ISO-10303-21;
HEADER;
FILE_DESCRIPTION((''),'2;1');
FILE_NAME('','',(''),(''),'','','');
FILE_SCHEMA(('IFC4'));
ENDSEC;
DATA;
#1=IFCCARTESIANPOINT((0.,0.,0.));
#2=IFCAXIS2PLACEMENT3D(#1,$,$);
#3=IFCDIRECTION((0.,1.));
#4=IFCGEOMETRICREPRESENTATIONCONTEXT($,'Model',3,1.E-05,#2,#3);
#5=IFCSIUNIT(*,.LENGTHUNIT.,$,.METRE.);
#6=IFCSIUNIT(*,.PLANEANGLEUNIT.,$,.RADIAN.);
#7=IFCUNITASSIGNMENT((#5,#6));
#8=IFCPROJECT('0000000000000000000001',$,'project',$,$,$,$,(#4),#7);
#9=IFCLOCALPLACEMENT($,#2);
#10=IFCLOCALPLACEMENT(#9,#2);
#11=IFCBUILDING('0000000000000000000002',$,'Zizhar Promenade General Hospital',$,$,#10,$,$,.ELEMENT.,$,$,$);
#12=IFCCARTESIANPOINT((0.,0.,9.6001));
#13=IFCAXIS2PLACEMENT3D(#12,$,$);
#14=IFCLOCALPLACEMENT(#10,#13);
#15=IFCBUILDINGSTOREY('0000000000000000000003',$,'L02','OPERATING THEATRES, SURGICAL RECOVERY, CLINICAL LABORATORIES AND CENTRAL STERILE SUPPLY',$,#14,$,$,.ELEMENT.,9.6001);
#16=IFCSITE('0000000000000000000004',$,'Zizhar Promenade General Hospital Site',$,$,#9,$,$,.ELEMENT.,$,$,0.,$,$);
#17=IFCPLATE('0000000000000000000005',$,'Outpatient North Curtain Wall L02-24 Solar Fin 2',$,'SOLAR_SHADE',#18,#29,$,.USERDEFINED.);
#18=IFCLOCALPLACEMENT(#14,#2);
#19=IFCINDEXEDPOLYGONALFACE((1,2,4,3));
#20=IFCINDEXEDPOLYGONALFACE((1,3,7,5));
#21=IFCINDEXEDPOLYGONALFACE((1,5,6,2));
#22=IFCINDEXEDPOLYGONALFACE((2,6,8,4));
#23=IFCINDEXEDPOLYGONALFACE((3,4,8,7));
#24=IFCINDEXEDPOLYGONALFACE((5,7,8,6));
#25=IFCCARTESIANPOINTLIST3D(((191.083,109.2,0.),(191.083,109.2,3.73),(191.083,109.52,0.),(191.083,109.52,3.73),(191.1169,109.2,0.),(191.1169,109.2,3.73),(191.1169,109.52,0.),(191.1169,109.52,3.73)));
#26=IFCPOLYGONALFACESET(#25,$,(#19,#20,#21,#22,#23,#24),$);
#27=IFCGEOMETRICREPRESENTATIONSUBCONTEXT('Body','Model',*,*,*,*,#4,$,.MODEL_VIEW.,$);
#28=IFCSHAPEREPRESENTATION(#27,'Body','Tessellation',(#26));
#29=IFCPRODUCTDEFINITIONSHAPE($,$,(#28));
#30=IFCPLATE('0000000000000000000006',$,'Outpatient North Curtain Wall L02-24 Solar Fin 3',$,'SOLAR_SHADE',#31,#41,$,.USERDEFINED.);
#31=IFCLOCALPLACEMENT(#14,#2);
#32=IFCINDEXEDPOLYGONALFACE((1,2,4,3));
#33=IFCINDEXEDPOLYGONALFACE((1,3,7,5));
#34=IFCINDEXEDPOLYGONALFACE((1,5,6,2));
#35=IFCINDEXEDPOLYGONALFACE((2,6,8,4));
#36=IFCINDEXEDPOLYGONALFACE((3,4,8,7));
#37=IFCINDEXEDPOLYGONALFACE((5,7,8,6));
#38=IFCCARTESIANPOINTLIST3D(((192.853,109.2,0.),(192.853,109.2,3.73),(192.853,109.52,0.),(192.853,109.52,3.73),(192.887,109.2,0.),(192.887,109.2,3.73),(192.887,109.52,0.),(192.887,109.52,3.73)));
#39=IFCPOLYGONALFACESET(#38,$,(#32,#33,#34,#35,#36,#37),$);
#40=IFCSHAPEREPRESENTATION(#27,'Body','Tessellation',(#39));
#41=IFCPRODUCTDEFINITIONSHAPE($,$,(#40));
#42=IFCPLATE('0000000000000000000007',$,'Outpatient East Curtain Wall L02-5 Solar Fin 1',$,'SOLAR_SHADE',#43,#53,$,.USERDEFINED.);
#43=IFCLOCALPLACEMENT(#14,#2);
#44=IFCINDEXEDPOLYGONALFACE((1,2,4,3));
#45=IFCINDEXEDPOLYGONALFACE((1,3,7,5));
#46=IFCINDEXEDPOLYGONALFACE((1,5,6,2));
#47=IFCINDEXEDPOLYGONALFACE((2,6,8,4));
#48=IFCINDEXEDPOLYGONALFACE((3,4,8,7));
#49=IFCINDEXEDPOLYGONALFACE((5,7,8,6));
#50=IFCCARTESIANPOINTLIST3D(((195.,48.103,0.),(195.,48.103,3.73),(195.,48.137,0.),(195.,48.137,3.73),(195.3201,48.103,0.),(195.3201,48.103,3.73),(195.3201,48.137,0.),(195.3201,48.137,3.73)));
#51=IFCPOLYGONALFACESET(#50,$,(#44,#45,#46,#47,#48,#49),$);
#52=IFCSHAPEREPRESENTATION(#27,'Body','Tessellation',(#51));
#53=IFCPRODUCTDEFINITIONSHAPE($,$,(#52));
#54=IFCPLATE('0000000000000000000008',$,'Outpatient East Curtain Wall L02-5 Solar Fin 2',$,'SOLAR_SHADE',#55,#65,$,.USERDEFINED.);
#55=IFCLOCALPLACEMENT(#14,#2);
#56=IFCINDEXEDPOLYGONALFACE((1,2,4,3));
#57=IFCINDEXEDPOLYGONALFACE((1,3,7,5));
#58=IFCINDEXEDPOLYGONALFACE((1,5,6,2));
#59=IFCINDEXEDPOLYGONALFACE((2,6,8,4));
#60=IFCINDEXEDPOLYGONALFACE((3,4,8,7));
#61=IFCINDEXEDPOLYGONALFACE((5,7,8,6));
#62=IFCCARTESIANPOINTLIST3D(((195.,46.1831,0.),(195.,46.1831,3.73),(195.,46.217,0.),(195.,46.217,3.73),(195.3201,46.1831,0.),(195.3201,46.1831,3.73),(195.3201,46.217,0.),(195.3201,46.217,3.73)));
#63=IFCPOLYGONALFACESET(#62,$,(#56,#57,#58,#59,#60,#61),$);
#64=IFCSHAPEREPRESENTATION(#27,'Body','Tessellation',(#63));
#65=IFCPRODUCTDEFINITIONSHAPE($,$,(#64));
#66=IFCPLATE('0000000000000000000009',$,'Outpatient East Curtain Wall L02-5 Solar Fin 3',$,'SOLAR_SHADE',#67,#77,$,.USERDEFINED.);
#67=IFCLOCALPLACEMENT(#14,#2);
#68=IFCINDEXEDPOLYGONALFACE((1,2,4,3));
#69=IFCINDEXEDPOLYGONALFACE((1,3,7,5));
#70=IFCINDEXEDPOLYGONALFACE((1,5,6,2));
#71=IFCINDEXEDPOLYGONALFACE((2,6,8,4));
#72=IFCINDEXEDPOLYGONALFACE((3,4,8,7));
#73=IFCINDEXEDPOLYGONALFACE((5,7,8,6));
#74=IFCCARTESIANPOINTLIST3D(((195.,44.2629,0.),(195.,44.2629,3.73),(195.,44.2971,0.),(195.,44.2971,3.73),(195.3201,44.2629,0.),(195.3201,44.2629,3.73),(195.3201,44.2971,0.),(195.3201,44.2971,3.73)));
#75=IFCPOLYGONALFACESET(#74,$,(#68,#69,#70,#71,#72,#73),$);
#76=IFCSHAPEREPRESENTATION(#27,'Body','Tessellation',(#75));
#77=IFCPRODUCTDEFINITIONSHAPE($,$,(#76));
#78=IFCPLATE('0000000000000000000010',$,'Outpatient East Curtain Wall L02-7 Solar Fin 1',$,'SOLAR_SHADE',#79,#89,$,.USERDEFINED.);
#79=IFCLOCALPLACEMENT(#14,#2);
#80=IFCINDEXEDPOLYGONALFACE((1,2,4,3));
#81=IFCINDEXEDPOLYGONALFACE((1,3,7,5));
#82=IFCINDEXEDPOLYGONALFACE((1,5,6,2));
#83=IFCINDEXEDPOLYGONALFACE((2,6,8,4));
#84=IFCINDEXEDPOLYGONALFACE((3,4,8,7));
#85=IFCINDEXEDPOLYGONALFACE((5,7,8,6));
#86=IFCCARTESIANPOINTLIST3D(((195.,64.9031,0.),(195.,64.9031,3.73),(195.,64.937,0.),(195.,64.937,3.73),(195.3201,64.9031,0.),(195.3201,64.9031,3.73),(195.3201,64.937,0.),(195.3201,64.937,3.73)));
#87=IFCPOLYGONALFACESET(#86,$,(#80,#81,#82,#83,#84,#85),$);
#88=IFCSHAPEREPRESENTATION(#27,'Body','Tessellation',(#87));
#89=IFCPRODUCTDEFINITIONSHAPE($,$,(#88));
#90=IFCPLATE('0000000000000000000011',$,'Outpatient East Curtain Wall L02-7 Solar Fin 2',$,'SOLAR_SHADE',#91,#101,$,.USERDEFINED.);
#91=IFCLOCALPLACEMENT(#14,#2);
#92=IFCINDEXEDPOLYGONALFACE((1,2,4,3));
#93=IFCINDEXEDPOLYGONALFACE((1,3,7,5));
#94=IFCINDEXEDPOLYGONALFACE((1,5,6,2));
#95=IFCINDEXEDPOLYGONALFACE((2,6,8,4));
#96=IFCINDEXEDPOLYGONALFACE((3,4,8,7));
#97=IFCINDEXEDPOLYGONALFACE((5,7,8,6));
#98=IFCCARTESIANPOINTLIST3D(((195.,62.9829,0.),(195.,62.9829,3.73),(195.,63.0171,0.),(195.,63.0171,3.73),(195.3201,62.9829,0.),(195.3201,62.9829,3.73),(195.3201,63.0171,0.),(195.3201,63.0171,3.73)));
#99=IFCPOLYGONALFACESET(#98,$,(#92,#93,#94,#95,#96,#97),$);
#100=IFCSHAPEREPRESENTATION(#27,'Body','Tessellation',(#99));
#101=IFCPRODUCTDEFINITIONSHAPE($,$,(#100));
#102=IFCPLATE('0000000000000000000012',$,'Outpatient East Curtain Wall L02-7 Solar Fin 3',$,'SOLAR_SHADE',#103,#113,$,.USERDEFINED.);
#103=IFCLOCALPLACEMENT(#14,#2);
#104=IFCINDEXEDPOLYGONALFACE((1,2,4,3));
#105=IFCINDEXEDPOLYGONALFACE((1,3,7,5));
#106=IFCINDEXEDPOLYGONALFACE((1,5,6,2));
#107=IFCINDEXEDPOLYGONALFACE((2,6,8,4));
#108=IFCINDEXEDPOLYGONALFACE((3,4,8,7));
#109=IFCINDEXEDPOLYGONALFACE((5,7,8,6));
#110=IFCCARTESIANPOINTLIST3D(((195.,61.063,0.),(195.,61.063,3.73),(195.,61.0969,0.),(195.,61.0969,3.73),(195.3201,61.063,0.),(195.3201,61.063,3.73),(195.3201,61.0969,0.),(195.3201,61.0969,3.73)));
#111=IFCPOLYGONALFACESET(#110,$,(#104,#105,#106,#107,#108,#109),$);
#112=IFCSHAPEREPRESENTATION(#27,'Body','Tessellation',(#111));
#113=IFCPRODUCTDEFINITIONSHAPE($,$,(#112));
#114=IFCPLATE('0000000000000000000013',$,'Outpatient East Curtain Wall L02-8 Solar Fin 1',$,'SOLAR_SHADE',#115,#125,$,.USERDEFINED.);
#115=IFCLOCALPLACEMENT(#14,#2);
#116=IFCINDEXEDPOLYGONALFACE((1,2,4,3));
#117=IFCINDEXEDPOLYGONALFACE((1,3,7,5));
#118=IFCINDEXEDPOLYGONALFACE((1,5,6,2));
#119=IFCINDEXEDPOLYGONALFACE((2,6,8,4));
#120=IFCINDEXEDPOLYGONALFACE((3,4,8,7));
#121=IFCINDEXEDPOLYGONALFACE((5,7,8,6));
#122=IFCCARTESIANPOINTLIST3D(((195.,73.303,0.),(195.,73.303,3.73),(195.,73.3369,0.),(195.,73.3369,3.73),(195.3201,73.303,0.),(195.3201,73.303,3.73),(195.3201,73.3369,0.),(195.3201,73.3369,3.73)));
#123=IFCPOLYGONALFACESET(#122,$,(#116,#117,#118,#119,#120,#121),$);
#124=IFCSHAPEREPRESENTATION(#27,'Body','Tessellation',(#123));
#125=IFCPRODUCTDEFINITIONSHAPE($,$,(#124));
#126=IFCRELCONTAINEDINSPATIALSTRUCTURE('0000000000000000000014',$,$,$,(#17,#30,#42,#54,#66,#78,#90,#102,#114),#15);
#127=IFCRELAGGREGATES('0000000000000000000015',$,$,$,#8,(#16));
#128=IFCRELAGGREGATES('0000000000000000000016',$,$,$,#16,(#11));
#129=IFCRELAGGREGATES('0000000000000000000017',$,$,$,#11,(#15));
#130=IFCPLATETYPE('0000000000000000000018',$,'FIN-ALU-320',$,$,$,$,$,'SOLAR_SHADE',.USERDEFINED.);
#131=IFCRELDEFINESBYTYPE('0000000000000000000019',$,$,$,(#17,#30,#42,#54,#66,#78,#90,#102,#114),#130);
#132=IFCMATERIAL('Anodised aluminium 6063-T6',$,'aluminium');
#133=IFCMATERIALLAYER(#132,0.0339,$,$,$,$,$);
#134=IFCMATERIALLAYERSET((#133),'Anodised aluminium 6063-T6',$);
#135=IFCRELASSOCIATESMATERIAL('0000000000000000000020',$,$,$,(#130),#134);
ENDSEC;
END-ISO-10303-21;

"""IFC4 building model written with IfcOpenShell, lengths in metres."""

from ifc_helpers import new_model, si_unit, direction, frame, origin, place, context, subcontext, project, spatial, polyline, outline, extrude, material, layer, layer_set, type_object, element, save


model = new_model("IFC4")

# Units and contexts
model_context = context("Model", 3, precision=1e-05, world=origin(), true_north=direction((0.0, 1.0)))
body_context = subcontext(model_context, "Body", "Model", "MODEL_VIEW")
ifc_project = project(units=[si_unit("LENGTHUNIT", "METRE"), si_unit("PLANEANGLEUNIT", "RADIAN")], contexts=[model_context])

# Site, building, storey
site_placement = place(None, origin())
site = spatial("IfcSite", under=ifc_project, at=site_placement, Name="Zizhar Promenade General Hospital Site", CompositionType="ELEMENT", RefElevation=0.0)
building_placement = place(site_placement, origin())
building = spatial("IfcBuilding", under=site, at=building_placement, Name="Zizhar Promenade General Hospital", CompositionType="ELEMENT")
storey_placement = place(building_placement, frame((0.0, 0.0, 9.6001)))
storey = spatial("IfcBuildingStorey", under=building, at=storey_placement, Name="L02", Description="OPERATING THEATRES, SURGICAL RECOVERY, CLINICAL LABORATORIES AND CENTRAL STERILE SUPPLY", CompositionType="ELEMENT", Elevation=9.6001)

# Plates
ifc_material = material(Name="Anodised aluminium 6063-T6", Category="aluminium")
ifc_layer = layer(ifc_material, 0.0339)
ifc_layer_set = layer_set([ifc_layer], Name="Anodised aluminium 6063-T6")
plate_type = type_object("IfcPlateType", Name="FIN-ALU-320", ElementType="SOLAR_SHADE", PredefinedType="USERDEFINED", material=ifc_layer_set)
plate_1_placement = place(storey_placement, origin())
element("IfcPlate", 1, at=plate_1_placement, inside=storey, type_object=plate_type, Name="Outpatient North Curtain Wall L02-24 Solar Fin 2", ObjectType="SOLAR_SHADE", PredefinedType="USERDEFINED", context=body_context, shape_type="SweptSolid", body=[
    extrude(outline(polyline([(191.083, 109.2), (191.1169, 109.2), (191.1169, 109.52), (191.083, 109.52), (191.083, 109.2)])), origin(), (0.0, 0.0, 1.0), 3.73),
])
plate_2_placement = place(storey_placement, origin())
element("IfcPlate", 2, at=plate_2_placement, inside=storey, type_object=plate_type, Name="Outpatient North Curtain Wall L02-24 Solar Fin 3", ObjectType="SOLAR_SHADE", PredefinedType="USERDEFINED", context=body_context, shape_type="SweptSolid", body=[
    extrude(outline(polyline([(192.853, 109.2), (192.887, 109.2), (192.887, 109.52), (192.853, 109.52), (192.853, 109.2)])), origin(), (0.0, 0.0, 1.0), 3.73),
])
plate_3_placement = place(storey_placement, origin())
element("IfcPlate", 3, at=plate_3_placement, inside=storey, type_object=plate_type, Name="Outpatient East Curtain Wall L02-5 Solar Fin 1", ObjectType="SOLAR_SHADE", PredefinedType="USERDEFINED", context=body_context, shape_type="SweptSolid", body=[
    extrude(outline(polyline([(195.0, 48.137), (195.0, 48.103), (195.3201, 48.103), (195.3201, 48.137), (195.0, 48.137)])), origin(), (0.0, 0.0, 1.0), 3.73),
])
plate_4_placement = place(storey_placement, origin())
element("IfcPlate", 4, at=plate_4_placement, inside=storey, type_object=plate_type, Name="Outpatient East Curtain Wall L02-5 Solar Fin 2", ObjectType="SOLAR_SHADE", PredefinedType="USERDEFINED", context=body_context, shape_type="SweptSolid", body=[
    extrude(outline(polyline([(195.0, 46.217), (195.0, 46.1831), (195.3201, 46.1831), (195.3201, 46.217), (195.0, 46.217)])), origin(), (0.0, 0.0, 1.0), 3.73),
])
plate_5_placement = place(storey_placement, origin())
element("IfcPlate", 5, at=plate_5_placement, inside=storey, type_object=plate_type, Name="Outpatient East Curtain Wall L02-5 Solar Fin 3", ObjectType="SOLAR_SHADE", PredefinedType="USERDEFINED", context=body_context, shape_type="SweptSolid", body=[
    extrude(outline(polyline([(195.0, 44.2971), (195.0, 44.2629), (195.3201, 44.2629), (195.3201, 44.2971), (195.0, 44.2971)])), origin(), (0.0, 0.0, 1.0), 3.73),
])
plate_6_placement = place(storey_placement, origin())
element("IfcPlate", 6, at=plate_6_placement, inside=storey, type_object=plate_type, Name="Outpatient East Curtain Wall L02-7 Solar Fin 1", ObjectType="SOLAR_SHADE", PredefinedType="USERDEFINED", context=body_context, shape_type="SweptSolid", body=[
    extrude(outline(polyline([(195.0, 64.937), (195.0, 64.9031), (195.3201, 64.9031), (195.3201, 64.937), (195.0, 64.937)])), origin(), (0.0, 0.0, 1.0), 3.73),
])
plate_7_placement = place(storey_placement, origin())
element("IfcPlate", 7, at=plate_7_placement, inside=storey, type_object=plate_type, Name="Outpatient East Curtain Wall L02-7 Solar Fin 2", ObjectType="SOLAR_SHADE", PredefinedType="USERDEFINED", context=body_context, shape_type="SweptSolid", body=[
    extrude(outline(polyline([(195.0, 63.0171), (195.0, 62.9829), (195.3201, 62.9829), (195.3201, 63.0171), (195.0, 63.0171)])), origin(), (0.0, 0.0, 1.0), 3.73),
])
plate_8_placement = place(storey_placement, origin())
element("IfcPlate", 8, at=plate_8_placement, inside=storey, type_object=plate_type, Name="Outpatient East Curtain Wall L02-7 Solar Fin 3", ObjectType="SOLAR_SHADE", PredefinedType="USERDEFINED", context=body_context, shape_type="SweptSolid", body=[
    extrude(outline(polyline([(195.0, 61.0969), (195.0, 61.063), (195.3201, 61.063), (195.3201, 61.0969), (195.0, 61.0969)])), origin(), (0.0, 0.0, 1.0), 3.73),
])
plate_9_placement = place(storey_placement, origin())
element("IfcPlate", 9, at=plate_9_placement, inside=storey, type_object=plate_type, Name="Outpatient East Curtain Wall L02-8 Solar Fin 1", ObjectType="SOLAR_SHADE", PredefinedType="USERDEFINED", context=body_context, shape_type="SweptSolid", body=[
    extrude(outline(polyline([(195.0, 73.3369), (195.0, 73.303), (195.3201, 73.303), (195.3201, 73.3369), (195.0, 73.3369)])), origin(), (0.0, 0.0, 1.0), 3.73),
])

save(model, "model.ifc")
